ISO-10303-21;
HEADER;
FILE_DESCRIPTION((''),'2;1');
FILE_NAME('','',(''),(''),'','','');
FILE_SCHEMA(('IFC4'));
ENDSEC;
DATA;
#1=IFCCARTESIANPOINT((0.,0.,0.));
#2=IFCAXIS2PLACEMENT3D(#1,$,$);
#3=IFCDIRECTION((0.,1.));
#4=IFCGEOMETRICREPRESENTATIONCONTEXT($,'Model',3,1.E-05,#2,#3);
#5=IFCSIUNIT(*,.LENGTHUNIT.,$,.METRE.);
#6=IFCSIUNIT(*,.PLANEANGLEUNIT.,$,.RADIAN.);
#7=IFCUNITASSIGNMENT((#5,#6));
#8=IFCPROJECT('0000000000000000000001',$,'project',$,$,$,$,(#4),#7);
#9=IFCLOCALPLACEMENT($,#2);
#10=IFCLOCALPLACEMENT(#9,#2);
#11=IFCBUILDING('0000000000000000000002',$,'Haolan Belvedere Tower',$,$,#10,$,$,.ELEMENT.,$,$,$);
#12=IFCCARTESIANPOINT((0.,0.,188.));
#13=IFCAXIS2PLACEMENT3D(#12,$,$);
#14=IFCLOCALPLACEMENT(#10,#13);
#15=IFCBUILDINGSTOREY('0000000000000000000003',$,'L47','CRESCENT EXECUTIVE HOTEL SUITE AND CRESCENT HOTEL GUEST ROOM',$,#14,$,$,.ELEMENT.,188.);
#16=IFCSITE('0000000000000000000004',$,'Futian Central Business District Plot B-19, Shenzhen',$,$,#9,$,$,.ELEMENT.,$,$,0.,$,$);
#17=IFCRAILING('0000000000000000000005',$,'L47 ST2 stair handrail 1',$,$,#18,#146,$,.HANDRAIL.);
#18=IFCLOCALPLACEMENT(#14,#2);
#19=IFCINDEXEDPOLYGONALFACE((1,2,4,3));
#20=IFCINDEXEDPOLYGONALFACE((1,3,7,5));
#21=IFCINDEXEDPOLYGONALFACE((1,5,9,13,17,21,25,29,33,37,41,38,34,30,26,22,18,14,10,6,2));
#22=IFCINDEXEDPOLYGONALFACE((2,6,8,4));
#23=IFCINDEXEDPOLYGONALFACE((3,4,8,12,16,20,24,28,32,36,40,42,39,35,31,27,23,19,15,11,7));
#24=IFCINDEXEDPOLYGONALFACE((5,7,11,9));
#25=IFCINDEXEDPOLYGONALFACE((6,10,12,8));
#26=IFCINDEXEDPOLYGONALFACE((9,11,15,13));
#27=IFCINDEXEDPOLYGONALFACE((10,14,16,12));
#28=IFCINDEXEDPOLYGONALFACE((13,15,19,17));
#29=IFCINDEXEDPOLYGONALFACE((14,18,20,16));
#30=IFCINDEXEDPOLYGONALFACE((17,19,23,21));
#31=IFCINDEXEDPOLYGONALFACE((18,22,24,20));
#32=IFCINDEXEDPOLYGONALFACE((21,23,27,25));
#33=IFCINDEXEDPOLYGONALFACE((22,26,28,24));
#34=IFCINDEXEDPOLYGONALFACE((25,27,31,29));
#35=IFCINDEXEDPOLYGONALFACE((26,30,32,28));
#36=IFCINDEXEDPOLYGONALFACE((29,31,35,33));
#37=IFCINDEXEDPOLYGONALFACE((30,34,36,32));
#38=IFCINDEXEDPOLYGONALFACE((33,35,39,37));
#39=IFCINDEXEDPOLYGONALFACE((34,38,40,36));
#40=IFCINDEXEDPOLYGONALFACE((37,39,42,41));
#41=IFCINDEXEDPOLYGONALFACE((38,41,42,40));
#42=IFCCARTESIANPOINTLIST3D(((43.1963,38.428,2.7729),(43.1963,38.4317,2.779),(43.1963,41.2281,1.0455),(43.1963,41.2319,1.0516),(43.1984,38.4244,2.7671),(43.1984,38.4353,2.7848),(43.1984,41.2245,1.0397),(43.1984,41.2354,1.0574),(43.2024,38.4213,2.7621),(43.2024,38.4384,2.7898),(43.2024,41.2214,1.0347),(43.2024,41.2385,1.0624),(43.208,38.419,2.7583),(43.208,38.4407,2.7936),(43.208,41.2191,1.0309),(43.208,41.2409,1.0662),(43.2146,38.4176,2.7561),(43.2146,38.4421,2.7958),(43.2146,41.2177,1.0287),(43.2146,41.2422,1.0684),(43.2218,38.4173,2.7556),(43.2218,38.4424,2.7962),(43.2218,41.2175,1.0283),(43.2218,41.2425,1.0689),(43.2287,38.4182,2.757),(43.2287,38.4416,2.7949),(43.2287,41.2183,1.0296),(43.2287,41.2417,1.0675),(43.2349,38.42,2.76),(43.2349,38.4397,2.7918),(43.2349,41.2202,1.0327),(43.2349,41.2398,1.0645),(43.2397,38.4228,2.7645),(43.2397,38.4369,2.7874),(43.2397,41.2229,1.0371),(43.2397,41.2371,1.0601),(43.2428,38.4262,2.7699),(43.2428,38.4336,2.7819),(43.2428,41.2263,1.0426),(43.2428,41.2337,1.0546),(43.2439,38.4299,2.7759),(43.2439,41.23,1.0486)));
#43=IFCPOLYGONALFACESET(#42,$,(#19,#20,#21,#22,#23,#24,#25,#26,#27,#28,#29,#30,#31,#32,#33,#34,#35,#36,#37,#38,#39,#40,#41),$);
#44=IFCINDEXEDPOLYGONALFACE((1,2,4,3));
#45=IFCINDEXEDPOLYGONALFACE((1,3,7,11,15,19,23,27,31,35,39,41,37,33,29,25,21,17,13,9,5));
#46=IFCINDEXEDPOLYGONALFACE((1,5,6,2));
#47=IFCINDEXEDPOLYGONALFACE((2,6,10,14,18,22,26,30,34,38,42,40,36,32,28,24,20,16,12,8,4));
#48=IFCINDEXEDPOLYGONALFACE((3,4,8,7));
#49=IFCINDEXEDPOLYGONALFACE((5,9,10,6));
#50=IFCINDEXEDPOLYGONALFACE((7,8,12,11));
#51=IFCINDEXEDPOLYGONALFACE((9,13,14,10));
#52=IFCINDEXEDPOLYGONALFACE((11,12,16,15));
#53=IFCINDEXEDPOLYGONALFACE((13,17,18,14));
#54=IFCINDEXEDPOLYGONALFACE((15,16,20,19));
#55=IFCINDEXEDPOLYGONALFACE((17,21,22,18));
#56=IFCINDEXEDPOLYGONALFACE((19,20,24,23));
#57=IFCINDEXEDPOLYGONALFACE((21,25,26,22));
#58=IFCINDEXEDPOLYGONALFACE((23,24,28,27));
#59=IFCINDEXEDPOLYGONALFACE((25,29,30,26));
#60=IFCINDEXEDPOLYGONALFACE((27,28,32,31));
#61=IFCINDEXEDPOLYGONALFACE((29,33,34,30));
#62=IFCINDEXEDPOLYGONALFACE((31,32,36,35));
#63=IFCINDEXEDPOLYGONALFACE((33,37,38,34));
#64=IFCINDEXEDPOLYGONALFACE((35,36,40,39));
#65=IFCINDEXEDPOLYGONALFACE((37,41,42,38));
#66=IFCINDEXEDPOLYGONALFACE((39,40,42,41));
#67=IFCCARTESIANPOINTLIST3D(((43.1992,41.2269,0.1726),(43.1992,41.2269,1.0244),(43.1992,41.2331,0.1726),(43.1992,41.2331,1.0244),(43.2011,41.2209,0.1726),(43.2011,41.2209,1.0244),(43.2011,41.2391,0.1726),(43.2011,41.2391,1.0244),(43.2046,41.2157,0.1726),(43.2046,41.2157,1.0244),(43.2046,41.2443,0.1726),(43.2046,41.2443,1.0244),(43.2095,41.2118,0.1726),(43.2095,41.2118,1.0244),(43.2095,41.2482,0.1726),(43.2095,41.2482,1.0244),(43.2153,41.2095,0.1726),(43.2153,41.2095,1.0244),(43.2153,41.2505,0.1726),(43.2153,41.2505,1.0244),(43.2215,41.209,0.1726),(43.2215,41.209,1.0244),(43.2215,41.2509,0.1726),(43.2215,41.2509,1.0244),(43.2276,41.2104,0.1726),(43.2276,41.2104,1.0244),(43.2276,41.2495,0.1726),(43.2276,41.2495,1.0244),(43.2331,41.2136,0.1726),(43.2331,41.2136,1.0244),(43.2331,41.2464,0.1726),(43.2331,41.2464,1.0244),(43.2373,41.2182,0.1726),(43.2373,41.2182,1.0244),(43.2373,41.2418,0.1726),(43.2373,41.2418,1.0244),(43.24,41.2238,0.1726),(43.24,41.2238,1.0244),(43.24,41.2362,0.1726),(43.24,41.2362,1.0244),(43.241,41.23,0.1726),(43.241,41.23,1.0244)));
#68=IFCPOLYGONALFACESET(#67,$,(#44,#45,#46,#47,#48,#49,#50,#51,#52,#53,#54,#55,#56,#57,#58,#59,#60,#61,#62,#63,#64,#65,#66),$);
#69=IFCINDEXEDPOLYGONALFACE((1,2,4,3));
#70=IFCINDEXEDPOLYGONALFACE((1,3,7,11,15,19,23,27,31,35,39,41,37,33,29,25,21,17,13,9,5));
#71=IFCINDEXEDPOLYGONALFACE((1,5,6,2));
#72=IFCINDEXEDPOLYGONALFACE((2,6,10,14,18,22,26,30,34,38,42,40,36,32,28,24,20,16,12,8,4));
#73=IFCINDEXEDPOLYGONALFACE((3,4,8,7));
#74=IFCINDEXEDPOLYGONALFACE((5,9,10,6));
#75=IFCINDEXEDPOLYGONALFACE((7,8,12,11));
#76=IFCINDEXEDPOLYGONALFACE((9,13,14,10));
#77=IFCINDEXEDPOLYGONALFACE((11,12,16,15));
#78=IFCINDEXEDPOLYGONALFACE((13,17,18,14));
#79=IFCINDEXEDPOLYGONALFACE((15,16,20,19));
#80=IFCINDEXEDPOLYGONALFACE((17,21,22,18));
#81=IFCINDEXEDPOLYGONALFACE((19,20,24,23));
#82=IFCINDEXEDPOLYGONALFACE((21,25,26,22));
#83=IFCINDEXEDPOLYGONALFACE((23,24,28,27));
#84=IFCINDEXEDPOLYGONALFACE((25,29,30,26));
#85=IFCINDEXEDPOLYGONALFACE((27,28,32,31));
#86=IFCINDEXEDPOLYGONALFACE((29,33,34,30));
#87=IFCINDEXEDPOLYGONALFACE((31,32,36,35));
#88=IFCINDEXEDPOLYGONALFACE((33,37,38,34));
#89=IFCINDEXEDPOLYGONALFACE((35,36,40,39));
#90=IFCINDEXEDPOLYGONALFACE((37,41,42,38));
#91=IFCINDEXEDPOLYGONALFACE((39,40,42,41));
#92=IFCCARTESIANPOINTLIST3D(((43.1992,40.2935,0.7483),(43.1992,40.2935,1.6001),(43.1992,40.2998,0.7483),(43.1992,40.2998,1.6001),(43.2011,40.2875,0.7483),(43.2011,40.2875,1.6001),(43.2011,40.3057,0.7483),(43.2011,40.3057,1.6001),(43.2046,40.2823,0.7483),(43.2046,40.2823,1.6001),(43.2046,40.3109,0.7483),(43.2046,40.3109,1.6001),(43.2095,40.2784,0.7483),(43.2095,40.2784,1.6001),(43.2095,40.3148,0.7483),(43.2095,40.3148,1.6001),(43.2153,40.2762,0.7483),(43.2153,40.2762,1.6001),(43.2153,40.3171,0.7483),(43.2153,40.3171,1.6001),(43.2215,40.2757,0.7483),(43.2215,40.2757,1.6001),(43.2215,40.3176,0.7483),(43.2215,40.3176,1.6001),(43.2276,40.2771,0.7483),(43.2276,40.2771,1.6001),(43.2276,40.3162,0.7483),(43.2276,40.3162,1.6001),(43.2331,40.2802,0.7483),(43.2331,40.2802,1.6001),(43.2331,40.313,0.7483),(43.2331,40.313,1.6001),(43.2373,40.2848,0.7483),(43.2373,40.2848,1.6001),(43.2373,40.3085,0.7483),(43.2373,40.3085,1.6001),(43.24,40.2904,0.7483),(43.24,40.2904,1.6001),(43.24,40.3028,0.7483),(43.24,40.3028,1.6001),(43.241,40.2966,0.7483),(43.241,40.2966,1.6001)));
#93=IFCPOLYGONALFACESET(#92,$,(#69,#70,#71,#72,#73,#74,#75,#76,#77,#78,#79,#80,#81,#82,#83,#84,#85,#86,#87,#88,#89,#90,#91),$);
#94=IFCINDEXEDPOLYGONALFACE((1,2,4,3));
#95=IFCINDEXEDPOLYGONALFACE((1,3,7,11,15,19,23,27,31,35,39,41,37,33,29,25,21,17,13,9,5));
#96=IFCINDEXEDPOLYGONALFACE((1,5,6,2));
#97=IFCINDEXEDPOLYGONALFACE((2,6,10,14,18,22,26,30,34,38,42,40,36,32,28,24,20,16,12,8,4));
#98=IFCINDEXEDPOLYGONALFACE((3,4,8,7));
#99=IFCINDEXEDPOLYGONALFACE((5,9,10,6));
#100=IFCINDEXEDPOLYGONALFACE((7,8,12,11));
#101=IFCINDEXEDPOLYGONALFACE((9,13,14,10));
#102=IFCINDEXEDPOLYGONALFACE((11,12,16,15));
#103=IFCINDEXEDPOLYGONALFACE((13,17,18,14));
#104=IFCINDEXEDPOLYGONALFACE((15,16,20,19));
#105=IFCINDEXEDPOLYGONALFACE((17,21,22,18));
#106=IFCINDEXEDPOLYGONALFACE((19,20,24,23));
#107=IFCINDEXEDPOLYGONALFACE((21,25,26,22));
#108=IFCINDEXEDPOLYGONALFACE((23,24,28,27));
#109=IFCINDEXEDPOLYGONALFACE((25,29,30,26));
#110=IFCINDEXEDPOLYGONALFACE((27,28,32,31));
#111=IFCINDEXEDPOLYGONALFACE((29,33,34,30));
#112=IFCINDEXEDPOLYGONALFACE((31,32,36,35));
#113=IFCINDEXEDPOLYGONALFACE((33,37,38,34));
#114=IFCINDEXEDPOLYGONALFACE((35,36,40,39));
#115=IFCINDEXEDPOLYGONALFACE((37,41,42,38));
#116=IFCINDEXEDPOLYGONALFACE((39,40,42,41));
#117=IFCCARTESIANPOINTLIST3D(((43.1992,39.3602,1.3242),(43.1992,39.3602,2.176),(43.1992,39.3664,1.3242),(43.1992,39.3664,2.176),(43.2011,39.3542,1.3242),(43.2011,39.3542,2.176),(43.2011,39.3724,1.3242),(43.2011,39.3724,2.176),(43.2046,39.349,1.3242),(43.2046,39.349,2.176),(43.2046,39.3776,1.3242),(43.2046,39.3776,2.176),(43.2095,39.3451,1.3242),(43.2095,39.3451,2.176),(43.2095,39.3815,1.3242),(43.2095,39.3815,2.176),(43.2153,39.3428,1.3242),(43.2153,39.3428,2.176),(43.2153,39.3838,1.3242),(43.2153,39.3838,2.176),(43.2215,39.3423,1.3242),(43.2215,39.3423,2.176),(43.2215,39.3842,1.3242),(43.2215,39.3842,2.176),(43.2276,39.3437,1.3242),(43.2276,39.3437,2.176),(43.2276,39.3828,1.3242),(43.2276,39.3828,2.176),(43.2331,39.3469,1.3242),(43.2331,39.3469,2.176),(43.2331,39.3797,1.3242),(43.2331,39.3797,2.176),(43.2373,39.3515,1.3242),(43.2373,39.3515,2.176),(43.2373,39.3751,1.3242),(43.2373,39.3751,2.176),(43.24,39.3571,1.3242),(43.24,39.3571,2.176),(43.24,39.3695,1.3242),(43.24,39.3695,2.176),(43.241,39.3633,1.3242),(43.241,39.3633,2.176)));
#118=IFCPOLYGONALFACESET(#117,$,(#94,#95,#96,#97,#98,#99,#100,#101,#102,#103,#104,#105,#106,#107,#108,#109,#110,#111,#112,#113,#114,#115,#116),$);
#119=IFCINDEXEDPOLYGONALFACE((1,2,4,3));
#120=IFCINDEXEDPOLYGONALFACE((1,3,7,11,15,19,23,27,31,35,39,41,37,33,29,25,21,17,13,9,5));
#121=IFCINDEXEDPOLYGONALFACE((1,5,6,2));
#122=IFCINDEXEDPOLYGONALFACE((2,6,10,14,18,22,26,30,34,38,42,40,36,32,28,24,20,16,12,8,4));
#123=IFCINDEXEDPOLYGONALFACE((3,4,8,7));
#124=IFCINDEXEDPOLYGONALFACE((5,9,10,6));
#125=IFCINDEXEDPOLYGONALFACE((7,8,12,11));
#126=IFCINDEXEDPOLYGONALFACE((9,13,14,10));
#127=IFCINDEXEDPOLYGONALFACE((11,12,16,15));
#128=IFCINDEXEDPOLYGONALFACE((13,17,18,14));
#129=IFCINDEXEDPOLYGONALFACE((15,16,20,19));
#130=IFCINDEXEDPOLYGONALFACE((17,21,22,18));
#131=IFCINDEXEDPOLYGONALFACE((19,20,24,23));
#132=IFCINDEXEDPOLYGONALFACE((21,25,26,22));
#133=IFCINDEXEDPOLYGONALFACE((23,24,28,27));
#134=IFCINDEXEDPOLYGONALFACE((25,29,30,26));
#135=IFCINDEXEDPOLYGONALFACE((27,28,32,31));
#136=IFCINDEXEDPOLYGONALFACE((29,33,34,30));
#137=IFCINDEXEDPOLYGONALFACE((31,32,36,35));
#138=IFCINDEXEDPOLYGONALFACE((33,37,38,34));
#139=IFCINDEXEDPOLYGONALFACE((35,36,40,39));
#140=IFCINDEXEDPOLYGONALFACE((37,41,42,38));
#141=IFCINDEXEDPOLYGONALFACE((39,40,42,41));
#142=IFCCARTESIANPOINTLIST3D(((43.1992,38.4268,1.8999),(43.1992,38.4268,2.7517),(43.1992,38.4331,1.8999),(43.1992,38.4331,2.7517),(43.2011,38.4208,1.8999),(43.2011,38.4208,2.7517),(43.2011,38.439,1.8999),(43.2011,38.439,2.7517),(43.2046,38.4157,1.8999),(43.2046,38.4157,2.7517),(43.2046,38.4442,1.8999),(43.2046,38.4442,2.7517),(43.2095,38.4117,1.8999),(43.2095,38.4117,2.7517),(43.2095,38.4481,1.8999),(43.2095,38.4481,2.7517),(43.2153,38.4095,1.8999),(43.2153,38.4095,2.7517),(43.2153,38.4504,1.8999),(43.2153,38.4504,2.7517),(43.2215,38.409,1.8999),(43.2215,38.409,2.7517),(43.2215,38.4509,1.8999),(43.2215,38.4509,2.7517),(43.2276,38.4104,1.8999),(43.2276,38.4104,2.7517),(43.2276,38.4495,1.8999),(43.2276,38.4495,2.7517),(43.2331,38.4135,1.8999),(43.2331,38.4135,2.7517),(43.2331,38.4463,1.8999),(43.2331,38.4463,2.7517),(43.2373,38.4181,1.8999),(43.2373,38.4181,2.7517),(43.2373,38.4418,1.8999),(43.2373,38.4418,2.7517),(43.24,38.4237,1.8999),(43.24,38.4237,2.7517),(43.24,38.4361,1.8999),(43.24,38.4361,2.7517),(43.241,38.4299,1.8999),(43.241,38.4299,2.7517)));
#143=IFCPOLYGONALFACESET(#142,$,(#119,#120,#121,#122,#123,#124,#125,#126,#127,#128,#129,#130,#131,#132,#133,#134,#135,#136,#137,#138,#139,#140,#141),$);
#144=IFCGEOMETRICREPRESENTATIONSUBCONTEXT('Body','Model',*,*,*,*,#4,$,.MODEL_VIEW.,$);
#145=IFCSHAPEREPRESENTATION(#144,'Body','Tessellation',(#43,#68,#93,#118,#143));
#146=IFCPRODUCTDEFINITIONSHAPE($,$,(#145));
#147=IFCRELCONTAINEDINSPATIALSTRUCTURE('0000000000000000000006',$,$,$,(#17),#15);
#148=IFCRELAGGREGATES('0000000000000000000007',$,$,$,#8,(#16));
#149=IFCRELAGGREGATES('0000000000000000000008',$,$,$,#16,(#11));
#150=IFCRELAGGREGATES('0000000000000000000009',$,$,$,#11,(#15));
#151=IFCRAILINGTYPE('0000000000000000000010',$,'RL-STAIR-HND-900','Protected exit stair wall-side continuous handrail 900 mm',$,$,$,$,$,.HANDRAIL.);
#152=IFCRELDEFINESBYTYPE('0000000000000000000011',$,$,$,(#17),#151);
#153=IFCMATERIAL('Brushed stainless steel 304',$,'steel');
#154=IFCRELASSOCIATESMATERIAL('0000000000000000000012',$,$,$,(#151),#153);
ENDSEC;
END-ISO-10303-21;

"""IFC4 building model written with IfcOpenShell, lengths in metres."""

from ifc_helpers import new_model, si_unit, direction, frame, origin, origin_2d, place, context, subcontext, project, spatial, circle, extrude, material, type_object, element, save


model = new_model("IFC4")

# Units and contexts
model_context = context("Model", 3, precision=1e-05, world=origin(), true_north=direction((0.0, 1.0)))
body_context = subcontext(model_context, "Body", "Model", "MODEL_VIEW")
ifc_project = project(units=[si_unit("LENGTHUNIT", "METRE"), si_unit("PLANEANGLEUNIT", "RADIAN")], contexts=[model_context])

# Site, building, storey
site_placement = place(None, origin())
site = spatial("IfcSite", under=ifc_project, at=site_placement, Name="Futian Central Business District Plot B-19, Shenzhen", CompositionType="ELEMENT", RefElevation=0.0)
building_placement = place(site_placement, origin())
building = spatial("IfcBuilding", under=site, at=building_placement, Name="Haolan Belvedere Tower", CompositionType="ELEMENT")
storey_placement = place(building_placement, frame((0.0, 0.0, 188.0)))
storey = spatial("IfcBuildingStorey", under=building, at=storey_placement, Name="L47", Description="CRESCENT EXECUTIVE HOTEL SUITE AND CRESCENT HOTEL GUEST ROOM", CompositionType="ELEMENT", Elevation=188.0)

# Railing
ifc_material_1 = material(Name="Brushed stainless steel 304", Category="steel")
railing_type_1 = type_object("IfcRailingType", Name="RL-STAIR-HND-900", Description="Protected exit stair wall-side continuous handrail 900 mm", PredefinedType="HANDRAIL", material=ifc_material_1)
railing_1_placement = place(storey_placement, frame((43.22, 41.23, 0.1726)))
element("IfcRailing", 1, at=railing_1_placement, inside=storey, type_object=railing_type_1, Name="L47 ST2 stair handrail 1", PredefinedType="HANDRAIL", context=body_context, shape_type="SweptSolid", body=[
    extrude(circle(Radius=0.0239, at=origin_2d()), frame((0.0, 0.0, 0.876), z_axis=(0.0, -0.85109, 0.52502), x_axis=(1.0, 0.0, 0.0)), (0.0, 0.0, 1.0), 3.29),
    extrude(circle(Radius=0.021, at=origin_2d()), origin(), (0.0, 0.0, 1.0), 0.8518),
    extrude(circle(Radius=0.021, at=origin_2d()), frame((0.0, -0.9333, 0.5757)), (0.0, 0.0, 1.0), 0.8518),
    extrude(circle(Radius=0.021, at=origin_2d()), frame((0.0, -1.8667, 1.1516)), (0.0, 0.0, 1.0), 0.8518),
    extrude(circle(Radius=0.021, at=origin_2d()), frame((0.0, -2.8, 1.7273)), (0.0, 0.0, 1.0), 0.8518),
])

save(model, "model.ifc")
